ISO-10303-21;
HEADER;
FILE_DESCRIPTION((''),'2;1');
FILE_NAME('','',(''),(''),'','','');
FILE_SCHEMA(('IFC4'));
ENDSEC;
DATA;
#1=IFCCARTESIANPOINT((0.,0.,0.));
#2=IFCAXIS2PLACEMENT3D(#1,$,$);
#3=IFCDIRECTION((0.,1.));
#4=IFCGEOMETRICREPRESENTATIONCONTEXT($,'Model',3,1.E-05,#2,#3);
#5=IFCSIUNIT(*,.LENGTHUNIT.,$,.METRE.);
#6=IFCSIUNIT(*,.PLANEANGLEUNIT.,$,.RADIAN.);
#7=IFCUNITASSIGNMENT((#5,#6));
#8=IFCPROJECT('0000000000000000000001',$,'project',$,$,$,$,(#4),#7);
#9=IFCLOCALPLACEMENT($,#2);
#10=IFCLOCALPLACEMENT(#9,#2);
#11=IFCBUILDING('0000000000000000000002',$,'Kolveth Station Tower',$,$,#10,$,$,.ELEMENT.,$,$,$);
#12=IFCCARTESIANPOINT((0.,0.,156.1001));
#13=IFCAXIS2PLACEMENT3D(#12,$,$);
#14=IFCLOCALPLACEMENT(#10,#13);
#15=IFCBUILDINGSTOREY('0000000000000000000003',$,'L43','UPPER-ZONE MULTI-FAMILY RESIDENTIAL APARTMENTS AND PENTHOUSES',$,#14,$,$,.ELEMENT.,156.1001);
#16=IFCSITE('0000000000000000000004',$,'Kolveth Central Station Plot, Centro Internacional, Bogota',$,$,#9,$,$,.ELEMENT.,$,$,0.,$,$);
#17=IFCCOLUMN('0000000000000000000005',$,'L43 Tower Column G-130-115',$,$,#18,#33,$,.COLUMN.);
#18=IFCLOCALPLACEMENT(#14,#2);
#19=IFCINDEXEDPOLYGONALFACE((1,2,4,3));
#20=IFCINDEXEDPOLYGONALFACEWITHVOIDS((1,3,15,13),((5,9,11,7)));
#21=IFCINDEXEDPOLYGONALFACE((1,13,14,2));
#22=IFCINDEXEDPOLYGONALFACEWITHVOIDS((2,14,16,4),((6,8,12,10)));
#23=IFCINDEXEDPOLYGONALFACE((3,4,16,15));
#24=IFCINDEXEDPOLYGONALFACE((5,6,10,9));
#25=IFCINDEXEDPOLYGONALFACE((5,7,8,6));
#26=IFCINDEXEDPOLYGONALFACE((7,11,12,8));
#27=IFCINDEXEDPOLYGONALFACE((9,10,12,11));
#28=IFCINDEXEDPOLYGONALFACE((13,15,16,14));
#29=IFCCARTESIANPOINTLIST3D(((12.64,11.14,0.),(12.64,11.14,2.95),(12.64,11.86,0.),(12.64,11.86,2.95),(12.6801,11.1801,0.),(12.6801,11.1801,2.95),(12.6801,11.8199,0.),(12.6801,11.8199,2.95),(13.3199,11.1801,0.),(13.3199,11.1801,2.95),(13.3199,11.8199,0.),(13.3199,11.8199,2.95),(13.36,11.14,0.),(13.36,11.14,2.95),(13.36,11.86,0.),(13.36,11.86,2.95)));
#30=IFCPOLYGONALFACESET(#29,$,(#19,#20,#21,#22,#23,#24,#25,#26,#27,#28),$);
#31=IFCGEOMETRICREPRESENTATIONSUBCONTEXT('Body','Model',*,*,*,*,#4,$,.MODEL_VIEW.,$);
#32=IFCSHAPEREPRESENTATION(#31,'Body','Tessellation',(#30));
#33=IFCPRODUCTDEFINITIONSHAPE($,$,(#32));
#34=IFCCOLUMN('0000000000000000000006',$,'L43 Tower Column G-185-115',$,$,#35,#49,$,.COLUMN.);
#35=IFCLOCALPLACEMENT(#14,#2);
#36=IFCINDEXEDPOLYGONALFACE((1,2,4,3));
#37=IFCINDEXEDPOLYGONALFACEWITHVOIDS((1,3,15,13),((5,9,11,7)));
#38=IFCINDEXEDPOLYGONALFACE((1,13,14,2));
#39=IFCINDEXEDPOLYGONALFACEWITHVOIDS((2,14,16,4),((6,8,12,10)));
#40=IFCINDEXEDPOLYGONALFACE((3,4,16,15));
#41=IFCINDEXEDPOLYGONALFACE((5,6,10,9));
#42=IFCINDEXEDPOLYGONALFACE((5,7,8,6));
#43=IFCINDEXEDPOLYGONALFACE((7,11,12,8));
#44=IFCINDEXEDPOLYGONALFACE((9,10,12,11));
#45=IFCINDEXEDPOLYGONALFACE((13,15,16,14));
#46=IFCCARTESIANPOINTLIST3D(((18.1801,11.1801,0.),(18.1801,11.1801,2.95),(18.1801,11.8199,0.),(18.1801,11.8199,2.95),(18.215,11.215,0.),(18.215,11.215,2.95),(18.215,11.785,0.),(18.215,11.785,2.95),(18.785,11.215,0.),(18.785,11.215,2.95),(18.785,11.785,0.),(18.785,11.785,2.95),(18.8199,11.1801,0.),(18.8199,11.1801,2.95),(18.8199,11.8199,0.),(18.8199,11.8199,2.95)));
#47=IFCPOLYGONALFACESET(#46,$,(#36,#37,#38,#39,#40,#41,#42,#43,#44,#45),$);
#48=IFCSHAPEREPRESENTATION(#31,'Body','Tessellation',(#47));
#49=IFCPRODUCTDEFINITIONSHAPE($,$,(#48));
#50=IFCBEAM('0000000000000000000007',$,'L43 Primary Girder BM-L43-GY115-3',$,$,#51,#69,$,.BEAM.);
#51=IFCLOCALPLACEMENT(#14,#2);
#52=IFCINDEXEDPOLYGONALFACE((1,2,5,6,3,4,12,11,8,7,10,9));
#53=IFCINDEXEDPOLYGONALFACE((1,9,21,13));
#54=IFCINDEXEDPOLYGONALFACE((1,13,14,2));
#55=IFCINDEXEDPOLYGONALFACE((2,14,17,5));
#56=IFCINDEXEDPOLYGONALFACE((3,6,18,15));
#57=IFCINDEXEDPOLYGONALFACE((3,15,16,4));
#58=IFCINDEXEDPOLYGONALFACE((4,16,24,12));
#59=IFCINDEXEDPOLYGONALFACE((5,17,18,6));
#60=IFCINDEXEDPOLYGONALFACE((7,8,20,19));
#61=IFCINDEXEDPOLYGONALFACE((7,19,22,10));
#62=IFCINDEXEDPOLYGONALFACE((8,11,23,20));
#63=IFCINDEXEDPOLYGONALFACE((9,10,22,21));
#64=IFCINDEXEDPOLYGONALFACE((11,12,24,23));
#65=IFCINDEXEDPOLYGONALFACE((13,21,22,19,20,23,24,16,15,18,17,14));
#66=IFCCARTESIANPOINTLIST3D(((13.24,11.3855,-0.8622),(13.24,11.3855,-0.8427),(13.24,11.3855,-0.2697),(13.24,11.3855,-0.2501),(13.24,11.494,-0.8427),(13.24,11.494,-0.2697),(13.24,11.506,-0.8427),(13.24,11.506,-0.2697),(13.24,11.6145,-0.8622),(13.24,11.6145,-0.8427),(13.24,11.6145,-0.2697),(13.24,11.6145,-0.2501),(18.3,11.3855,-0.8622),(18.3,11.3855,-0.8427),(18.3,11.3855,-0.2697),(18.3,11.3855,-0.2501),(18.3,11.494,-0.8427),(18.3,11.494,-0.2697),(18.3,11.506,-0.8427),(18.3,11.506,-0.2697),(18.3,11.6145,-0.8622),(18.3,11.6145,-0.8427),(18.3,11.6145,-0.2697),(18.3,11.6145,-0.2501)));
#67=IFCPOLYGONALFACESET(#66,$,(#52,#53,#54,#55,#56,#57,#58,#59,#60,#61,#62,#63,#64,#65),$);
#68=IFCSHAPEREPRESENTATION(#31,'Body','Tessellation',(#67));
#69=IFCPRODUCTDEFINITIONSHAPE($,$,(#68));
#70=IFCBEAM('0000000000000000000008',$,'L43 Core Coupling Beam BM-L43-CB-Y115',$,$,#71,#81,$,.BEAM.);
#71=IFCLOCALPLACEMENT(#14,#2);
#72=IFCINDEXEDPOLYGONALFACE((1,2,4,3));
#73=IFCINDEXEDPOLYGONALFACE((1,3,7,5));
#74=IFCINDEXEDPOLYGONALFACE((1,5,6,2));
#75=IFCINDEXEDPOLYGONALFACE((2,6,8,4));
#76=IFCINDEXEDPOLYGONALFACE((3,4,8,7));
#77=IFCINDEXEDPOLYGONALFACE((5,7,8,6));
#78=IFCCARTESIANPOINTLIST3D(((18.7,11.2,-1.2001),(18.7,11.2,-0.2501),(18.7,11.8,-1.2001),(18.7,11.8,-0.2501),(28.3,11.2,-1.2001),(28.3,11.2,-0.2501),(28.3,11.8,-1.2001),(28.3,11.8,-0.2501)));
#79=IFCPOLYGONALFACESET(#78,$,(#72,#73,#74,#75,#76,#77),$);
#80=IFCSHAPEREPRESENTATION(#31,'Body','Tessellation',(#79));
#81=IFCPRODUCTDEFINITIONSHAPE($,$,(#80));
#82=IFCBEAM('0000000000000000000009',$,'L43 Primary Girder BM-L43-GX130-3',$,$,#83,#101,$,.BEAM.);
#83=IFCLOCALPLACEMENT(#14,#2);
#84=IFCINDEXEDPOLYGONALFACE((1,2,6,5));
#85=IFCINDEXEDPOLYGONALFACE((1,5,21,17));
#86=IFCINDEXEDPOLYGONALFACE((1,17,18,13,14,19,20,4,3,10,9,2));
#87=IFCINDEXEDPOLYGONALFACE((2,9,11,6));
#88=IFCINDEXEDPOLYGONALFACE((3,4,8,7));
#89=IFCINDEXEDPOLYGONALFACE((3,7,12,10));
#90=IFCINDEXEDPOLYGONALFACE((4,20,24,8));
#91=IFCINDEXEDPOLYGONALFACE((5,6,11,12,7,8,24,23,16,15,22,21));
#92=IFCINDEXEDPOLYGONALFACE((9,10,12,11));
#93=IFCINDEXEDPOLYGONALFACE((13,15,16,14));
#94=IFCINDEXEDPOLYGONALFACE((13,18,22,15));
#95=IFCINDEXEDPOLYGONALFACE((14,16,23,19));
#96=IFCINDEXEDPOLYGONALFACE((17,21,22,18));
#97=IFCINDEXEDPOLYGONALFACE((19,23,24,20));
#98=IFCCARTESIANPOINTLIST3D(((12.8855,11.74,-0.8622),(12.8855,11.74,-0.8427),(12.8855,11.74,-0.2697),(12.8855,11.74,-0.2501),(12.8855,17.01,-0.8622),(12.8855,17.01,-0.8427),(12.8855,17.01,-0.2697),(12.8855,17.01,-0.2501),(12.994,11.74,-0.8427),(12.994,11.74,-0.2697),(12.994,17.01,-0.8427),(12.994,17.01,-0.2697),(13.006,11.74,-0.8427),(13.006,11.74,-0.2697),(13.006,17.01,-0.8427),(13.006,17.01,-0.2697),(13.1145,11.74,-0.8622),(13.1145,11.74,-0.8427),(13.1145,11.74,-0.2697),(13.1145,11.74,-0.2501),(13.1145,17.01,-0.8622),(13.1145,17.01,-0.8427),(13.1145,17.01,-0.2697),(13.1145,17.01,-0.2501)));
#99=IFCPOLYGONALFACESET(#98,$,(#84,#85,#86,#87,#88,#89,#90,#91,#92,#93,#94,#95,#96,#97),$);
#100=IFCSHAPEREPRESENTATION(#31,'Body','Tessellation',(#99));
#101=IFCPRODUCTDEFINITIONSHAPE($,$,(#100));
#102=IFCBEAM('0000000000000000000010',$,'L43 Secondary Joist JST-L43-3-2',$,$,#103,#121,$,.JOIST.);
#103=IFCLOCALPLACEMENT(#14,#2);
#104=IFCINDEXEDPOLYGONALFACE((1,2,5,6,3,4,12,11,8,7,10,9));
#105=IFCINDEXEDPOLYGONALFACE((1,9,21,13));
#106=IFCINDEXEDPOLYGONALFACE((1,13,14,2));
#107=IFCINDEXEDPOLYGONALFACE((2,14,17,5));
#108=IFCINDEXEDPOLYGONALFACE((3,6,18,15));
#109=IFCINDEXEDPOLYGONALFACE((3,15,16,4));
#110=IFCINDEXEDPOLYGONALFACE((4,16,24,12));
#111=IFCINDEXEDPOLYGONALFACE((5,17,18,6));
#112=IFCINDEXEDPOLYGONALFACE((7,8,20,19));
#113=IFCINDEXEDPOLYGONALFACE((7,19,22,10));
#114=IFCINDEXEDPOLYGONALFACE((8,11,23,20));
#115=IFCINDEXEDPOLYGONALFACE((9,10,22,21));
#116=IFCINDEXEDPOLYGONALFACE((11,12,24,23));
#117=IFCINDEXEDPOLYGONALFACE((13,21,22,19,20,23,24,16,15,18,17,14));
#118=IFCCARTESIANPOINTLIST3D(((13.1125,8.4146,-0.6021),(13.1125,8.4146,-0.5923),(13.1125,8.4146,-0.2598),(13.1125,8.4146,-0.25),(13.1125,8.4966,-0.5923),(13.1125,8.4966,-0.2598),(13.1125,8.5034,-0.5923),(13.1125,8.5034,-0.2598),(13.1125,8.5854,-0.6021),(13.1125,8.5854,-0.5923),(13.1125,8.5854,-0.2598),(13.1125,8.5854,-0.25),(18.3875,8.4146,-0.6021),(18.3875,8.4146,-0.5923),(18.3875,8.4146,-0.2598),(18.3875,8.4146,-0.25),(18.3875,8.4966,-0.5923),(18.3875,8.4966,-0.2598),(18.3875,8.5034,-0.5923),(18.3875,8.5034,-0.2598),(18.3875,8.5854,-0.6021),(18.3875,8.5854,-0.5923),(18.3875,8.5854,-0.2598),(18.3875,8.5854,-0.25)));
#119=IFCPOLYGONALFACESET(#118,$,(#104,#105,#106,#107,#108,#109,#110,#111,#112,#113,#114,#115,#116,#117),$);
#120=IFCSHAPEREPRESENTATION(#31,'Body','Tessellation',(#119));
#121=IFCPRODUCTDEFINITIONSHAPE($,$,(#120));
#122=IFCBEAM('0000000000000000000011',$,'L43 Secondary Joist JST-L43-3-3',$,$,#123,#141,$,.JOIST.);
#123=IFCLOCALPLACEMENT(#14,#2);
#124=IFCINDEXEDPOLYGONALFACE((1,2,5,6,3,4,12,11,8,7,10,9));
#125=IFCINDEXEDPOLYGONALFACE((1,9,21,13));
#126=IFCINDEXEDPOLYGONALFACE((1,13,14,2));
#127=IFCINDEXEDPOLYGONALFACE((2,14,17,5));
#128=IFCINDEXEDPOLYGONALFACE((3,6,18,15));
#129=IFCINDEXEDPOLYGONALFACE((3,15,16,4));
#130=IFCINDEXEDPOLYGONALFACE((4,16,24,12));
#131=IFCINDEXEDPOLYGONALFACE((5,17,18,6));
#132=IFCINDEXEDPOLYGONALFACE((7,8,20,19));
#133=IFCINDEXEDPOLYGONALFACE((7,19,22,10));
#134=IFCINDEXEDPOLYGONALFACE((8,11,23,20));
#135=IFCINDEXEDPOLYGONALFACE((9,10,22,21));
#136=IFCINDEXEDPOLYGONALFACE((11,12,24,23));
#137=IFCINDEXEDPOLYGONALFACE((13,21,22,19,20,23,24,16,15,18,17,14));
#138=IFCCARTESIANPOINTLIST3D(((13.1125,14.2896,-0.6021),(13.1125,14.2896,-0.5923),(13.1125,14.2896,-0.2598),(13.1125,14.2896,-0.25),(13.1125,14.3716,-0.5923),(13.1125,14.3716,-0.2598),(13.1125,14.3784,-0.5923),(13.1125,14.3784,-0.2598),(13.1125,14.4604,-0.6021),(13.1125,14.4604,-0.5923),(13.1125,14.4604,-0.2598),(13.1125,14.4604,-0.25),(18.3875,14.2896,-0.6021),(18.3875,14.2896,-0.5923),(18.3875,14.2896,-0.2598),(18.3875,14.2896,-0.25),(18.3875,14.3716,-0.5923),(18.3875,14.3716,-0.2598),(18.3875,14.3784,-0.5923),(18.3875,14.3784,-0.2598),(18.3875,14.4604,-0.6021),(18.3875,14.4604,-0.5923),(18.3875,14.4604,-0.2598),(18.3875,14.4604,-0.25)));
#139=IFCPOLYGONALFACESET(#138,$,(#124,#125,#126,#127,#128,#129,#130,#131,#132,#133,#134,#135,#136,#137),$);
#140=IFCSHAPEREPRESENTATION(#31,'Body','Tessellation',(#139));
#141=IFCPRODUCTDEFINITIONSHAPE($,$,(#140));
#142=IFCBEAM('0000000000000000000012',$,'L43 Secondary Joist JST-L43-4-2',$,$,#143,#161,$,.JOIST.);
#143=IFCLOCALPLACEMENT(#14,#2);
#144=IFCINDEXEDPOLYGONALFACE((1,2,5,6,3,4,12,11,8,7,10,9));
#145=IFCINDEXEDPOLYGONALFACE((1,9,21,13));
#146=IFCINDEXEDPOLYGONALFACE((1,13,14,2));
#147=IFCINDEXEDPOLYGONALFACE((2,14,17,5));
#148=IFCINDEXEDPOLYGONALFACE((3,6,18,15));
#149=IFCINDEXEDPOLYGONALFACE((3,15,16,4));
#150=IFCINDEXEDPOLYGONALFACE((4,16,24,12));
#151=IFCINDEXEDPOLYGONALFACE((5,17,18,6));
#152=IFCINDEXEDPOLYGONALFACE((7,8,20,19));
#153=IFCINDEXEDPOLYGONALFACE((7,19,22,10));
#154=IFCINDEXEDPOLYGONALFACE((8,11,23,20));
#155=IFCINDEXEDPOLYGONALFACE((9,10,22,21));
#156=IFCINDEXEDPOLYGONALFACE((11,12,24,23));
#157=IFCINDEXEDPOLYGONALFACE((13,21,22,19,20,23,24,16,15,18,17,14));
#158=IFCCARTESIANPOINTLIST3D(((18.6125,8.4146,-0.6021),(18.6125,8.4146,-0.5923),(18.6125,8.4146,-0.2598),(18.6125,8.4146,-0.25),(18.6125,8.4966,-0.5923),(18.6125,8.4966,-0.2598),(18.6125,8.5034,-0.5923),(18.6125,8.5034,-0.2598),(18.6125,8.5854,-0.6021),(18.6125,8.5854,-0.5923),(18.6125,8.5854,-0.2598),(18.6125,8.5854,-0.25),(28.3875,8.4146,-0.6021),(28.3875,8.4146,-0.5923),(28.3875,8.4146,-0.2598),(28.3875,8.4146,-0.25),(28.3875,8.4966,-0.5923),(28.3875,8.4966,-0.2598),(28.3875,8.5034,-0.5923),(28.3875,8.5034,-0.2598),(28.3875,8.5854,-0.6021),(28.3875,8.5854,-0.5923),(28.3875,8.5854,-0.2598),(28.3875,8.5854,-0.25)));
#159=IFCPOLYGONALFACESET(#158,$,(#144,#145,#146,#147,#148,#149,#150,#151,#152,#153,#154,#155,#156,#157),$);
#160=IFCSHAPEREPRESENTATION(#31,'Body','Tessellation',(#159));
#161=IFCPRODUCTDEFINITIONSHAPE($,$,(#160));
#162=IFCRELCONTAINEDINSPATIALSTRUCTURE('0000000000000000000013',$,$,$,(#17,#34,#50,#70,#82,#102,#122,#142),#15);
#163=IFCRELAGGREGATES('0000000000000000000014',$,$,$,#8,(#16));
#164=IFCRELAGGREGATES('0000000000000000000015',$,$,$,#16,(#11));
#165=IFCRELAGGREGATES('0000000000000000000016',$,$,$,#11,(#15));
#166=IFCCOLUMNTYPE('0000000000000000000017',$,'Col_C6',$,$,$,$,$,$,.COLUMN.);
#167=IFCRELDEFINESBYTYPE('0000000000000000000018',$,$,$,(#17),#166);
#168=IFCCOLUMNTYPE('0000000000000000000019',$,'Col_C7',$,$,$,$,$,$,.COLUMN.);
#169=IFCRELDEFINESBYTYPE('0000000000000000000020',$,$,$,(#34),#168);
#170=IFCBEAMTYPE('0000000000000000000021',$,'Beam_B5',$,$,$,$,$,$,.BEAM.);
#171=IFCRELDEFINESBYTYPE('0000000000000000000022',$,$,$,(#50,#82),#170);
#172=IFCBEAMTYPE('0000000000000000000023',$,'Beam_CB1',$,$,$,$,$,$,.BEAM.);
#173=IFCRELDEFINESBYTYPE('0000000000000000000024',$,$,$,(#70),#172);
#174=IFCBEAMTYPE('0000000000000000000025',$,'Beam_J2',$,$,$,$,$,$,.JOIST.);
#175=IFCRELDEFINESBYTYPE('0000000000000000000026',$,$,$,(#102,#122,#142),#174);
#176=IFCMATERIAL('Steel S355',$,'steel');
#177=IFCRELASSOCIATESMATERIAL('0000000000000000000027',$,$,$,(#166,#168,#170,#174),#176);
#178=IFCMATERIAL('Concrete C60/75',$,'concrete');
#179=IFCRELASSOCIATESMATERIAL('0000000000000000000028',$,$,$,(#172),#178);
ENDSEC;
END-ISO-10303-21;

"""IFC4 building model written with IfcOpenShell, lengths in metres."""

from ifc_helpers import new_model, si_unit, direction, frame, origin, origin_2d, place, context, subcontext, project, spatial, rectangle, hollow_rectangle, i_section, extrude, source, transform, mapped, material, material_profile, profile_set, type_object, element, save


model = new_model("IFC4")

# Units and contexts
model_context = context("Model", 3, precision=1e-05, world=origin(), true_north=direction((0.0, 1.0)))
body_context = subcontext(model_context, "Body", "Model", "MODEL_VIEW")
ifc_project = project(units=[si_unit("LENGTHUNIT", "METRE"), si_unit("PLANEANGLEUNIT", "RADIAN")], contexts=[model_context])

# Site, building, storey
site_placement = place(None, origin())
site = spatial("IfcSite", under=ifc_project, at=site_placement, Name="Kolveth Central Station Plot, Centro Internacional, Bogota", CompositionType="ELEMENT", RefElevation=0.0)
building_placement = place(site_placement, origin())
building = spatial("IfcBuilding", under=site, at=building_placement, Name="Kolveth Station Tower", CompositionType="ELEMENT")
storey_placement = place(building_placement, frame((0.0, 0.0, 156.1001)))
storey = spatial("IfcBuildingStorey", under=building, at=storey_placement, Name="L43", Description="UPPER-ZONE MULTI-FAMILY RESIDENTIAL APARTMENTS AND PENTHOUSES", CompositionType="ELEMENT", Elevation=156.1001)

# Columns
ifc_material_1 = material(Name="Steel S355", Category="steel")
ifc_material_profile_1 = material_profile(ifc_material_1, hollow_rectangle(XDim=0.72, YDim=0.72, WallThickness=0.04, at=origin_2d()), Name="BOX720x720x40")
ifc_profile_set_1 = profile_set([ifc_material_profile_1], Name="Steel S355")
column_type_1 = type_object("IfcColumnType", Name="Col_C6", PredefinedType="COLUMN", material=ifc_profile_set_1)
shared_shape_1 = source(origin(), body_context, "Body", "SweptSolid", [
    extrude(hollow_rectangle(XDim=0.72, YDim=0.72, WallThickness=0.04, at=origin_2d()), origin(), (0.0, 0.0, 1.0), 2.95),
])
column_1_placement = place(storey_placement, frame((13.0, 11.5, 0.0), z_axis=(0.0, 0.0, 1.0), x_axis=(1.0, 0.0, 0.0)))
element("IfcColumn", 1, at=column_1_placement, inside=storey, type_object=column_type_1, Name="L43 Tower Column G-130-115", PredefinedType="COLUMN", context=body_context, shape_type="MappedRepresentation", body=[
    mapped(shared_shape_1, transform((0.0, 0.0, 0.0), x_axis=(1.0, 0.0, 0.0), y_axis=(0.0, 1.0, 0.0), z_axis=(0.0, 0.0, 1.0), scale=1.0)),
])
ifc_material_profile_2 = material_profile(ifc_material_1, hollow_rectangle(XDim=0.6399, YDim=0.6399, WallThickness=0.0349, at=origin_2d()), Name="BOX640x640x35")
ifc_profile_set_2 = profile_set([ifc_material_profile_2], Name="Steel S355")
column_type_2 = type_object("IfcColumnType", Name="Col_C7", PredefinedType="COLUMN", material=ifc_profile_set_2)
shared_shape_2 = source(origin(), body_context, "Body", "SweptSolid", [
    extrude(hollow_rectangle(XDim=0.6399, YDim=0.6399, WallThickness=0.0349, at=origin_2d()), origin(), (0.0, 0.0, 1.0), 2.95),
])
column_2_placement = place(storey_placement, frame((18.5, 11.5, 0.0), z_axis=(0.0, 0.0, 1.0), x_axis=(1.0, 0.0, 0.0)))
element("IfcColumn", 2, at=column_2_placement, inside=storey, type_object=column_type_2, Name="L43 Tower Column G-185-115", PredefinedType="COLUMN", context=body_context, shape_type="MappedRepresentation", body=[
    mapped(shared_shape_2, transform((0.0, 0.0, 0.0), x_axis=(1.0, 0.0, 0.0), y_axis=(0.0, 1.0, 0.0), z_axis=(0.0, 0.0, 1.0), scale=1.0)),
])

# Beams
ifc_material_profile_3 = material_profile(ifc_material_1, i_section(OverallWidth=0.229, OverallDepth=0.6121, WebThickness=0.012, FlangeThickness=0.0195, at=origin_2d()), Name="W610x125")
ifc_profile_set_3 = profile_set([ifc_material_profile_3], Name="Steel S355")
beam_type_1 = type_object("IfcBeamType", Name="Beam_B5", PredefinedType="BEAM", material=ifc_profile_set_3)
shared_shape_3 = source(origin(), body_context, "Body", "SweptSolid", [
    extrude(i_section(OverallWidth=0.229, OverallDepth=0.6121, WebThickness=0.012, FlangeThickness=0.0195, at=origin_2d()), origin(), (0.0, 0.0, 1.0), 5.0601),
])
beam_1_placement = place(storey_placement, frame((13.24, 11.5, -0.5562), z_axis=(1.0, 0.0, 0.0), x_axis=(0.0, 1.0, 0.0)))
element("IfcBeam", 3, at=beam_1_placement, inside=storey, type_object=beam_type_1, Name="L43 Primary Girder BM-L43-GY115-3", PredefinedType="BEAM", context=body_context, shape_type="MappedRepresentation", body=[
    mapped(shared_shape_3, transform((0.0, 0.0, 0.0), x_axis=(1.0, 0.0, 0.0), y_axis=(0.0, 1.0, 0.0), z_axis=(0.0, 0.0, 1.0), scale=1.0)),
])
ifc_material_2 = material(Name="Concrete C60/75", Category="concrete")
ifc_material_profile_4 = material_profile(ifc_material_2, rectangle(XDim=0.6001, YDim=0.95, at=origin_2d()), Name="RC-600x950")
ifc_profile_set_4 = profile_set([ifc_material_profile_4], Name="Concrete C60/75")
beam_type_2 = type_object("IfcBeamType", Name="Beam_CB1", PredefinedType="BEAM", material=ifc_profile_set_4)
shared_shape_4 = source(origin(), body_context, "Body", "SweptSolid", [
    extrude(rectangle(XDim=0.6001, YDim=0.95, at=origin_2d()), origin(), (0.0, 0.0, 1.0), 9.6001),
])
beam_2_placement = place(storey_placement, frame((18.7, 11.5, -0.7251), z_axis=(1.0, 0.0, 0.0), x_axis=(0.0, 1.0, 0.0)))
element("IfcBeam", 4, at=beam_2_placement, inside=storey, type_object=beam_type_2, Name="L43 Core Coupling Beam BM-L43-CB-Y115", PredefinedType="BEAM", context=body_context, shape_type="MappedRepresentation", body=[
    mapped(shared_shape_4, transform((0.0, 0.0, 0.0), x_axis=(1.0, 0.0, 0.0), y_axis=(0.0, 1.0, 0.0), z_axis=(0.0, 0.0, 1.0), scale=1.0)),
])
shared_shape_5 = source(origin(), body_context, "Body", "SweptSolid", [
    extrude(i_section(OverallWidth=0.229, OverallDepth=0.6121, WebThickness=0.012, FlangeThickness=0.0195, at=origin_2d()), origin(), (0.0, 0.0, 1.0), 5.27),
])
beam_3_placement = place(storey_placement, frame((13.0, 11.74, -0.5562), z_axis=(0.0, 1.0, 0.0), x_axis=(-1.0, 0.0, 0.0)))
element("IfcBeam", 5, at=beam_3_placement, inside=storey, type_object=beam_type_1, Name="L43 Primary Girder BM-L43-GX130-3", PredefinedType="BEAM", context=body_context, shape_type="MappedRepresentation", body=[
    mapped(shared_shape_5, transform((0.0, 0.0, 0.0), x_axis=(1.0, 0.0, 0.0), y_axis=(0.0, 1.0, 0.0), z_axis=(0.0, 0.0, 1.0), scale=1.0)),
])
ifc_material_profile_5 = material_profile(ifc_material_1, i_section(OverallWidth=0.1709, OverallDepth=0.3521, WebThickness=0.0068, FlangeThickness=0.0098, at=origin_2d()), Name="W360x44")
ifc_profile_set_5 = profile_set([ifc_material_profile_5], Name="Steel S355")
beam_type_3 = type_object("IfcBeamType", Name="Beam_J2", PredefinedType="JOIST", material=ifc_profile_set_5)
shared_shape_6 = source(origin(), body_context, "Body", "SweptSolid", [
    extrude(i_section(OverallWidth=0.1709, OverallDepth=0.3521, WebThickness=0.0068, FlangeThickness=0.0098, at=origin_2d()), origin(), (0.0, 0.0, 1.0), 5.2749),
])
for number, where, z_axis, x_axis, name in (
    (6, (13.1125, 8.5, -0.426), (1.0, 0.0, 0.0), (0.0, 1.0, 0.0), "L43 Secondary Joist JST-L43-3-2"),
    (7, (13.1125, 14.375, -0.426), (1.0, 0.0, 0.0), (0.0, 1.0, 0.0), "L43 Secondary Joist JST-L43-3-3"),
):
    element("IfcBeam", number, at=place(storey_placement, frame(where, z_axis=z_axis, x_axis=x_axis)), inside=storey, type_object=beam_type_3, Name=name, PredefinedType="JOIST", context=body_context, shape_type="MappedRepresentation", body=[
        mapped(shared_shape_6, transform((0.0, 0.0, 0.0), x_axis=(1.0, 0.0, 0.0), y_axis=(0.0, 1.0, 0.0), z_axis=(0.0, 0.0, 1.0), scale=1.0)),
    ])
shared_shape_7 = source(origin(), body_context, "Body", "SweptSolid", [
    extrude(i_section(OverallWidth=0.1709, OverallDepth=0.3521, WebThickness=0.0068, FlangeThickness=0.0098, at=origin_2d()), origin(), (0.0, 0.0, 1.0), 9.7749),
])
beam_4_placement = place(storey_placement, frame((18.6125, 8.5, -0.426), z_axis=(1.0, 0.0, 0.0), x_axis=(0.0, 1.0, 0.0)))
element("IfcBeam", 8, at=beam_4_placement, inside=storey, type_object=beam_type_3, Name="L43 Secondary Joist JST-L43-4-2", PredefinedType="JOIST", context=body_context, shape_type="MappedRepresentation", body=[
    mapped(shared_shape_7, transform((0.0, 0.0, 0.0), x_axis=(1.0, 0.0, 0.0), y_axis=(0.0, 1.0, 0.0), z_axis=(0.0, 0.0, 1.0), scale=1.0)),
])

save(model, "model.ifc")
